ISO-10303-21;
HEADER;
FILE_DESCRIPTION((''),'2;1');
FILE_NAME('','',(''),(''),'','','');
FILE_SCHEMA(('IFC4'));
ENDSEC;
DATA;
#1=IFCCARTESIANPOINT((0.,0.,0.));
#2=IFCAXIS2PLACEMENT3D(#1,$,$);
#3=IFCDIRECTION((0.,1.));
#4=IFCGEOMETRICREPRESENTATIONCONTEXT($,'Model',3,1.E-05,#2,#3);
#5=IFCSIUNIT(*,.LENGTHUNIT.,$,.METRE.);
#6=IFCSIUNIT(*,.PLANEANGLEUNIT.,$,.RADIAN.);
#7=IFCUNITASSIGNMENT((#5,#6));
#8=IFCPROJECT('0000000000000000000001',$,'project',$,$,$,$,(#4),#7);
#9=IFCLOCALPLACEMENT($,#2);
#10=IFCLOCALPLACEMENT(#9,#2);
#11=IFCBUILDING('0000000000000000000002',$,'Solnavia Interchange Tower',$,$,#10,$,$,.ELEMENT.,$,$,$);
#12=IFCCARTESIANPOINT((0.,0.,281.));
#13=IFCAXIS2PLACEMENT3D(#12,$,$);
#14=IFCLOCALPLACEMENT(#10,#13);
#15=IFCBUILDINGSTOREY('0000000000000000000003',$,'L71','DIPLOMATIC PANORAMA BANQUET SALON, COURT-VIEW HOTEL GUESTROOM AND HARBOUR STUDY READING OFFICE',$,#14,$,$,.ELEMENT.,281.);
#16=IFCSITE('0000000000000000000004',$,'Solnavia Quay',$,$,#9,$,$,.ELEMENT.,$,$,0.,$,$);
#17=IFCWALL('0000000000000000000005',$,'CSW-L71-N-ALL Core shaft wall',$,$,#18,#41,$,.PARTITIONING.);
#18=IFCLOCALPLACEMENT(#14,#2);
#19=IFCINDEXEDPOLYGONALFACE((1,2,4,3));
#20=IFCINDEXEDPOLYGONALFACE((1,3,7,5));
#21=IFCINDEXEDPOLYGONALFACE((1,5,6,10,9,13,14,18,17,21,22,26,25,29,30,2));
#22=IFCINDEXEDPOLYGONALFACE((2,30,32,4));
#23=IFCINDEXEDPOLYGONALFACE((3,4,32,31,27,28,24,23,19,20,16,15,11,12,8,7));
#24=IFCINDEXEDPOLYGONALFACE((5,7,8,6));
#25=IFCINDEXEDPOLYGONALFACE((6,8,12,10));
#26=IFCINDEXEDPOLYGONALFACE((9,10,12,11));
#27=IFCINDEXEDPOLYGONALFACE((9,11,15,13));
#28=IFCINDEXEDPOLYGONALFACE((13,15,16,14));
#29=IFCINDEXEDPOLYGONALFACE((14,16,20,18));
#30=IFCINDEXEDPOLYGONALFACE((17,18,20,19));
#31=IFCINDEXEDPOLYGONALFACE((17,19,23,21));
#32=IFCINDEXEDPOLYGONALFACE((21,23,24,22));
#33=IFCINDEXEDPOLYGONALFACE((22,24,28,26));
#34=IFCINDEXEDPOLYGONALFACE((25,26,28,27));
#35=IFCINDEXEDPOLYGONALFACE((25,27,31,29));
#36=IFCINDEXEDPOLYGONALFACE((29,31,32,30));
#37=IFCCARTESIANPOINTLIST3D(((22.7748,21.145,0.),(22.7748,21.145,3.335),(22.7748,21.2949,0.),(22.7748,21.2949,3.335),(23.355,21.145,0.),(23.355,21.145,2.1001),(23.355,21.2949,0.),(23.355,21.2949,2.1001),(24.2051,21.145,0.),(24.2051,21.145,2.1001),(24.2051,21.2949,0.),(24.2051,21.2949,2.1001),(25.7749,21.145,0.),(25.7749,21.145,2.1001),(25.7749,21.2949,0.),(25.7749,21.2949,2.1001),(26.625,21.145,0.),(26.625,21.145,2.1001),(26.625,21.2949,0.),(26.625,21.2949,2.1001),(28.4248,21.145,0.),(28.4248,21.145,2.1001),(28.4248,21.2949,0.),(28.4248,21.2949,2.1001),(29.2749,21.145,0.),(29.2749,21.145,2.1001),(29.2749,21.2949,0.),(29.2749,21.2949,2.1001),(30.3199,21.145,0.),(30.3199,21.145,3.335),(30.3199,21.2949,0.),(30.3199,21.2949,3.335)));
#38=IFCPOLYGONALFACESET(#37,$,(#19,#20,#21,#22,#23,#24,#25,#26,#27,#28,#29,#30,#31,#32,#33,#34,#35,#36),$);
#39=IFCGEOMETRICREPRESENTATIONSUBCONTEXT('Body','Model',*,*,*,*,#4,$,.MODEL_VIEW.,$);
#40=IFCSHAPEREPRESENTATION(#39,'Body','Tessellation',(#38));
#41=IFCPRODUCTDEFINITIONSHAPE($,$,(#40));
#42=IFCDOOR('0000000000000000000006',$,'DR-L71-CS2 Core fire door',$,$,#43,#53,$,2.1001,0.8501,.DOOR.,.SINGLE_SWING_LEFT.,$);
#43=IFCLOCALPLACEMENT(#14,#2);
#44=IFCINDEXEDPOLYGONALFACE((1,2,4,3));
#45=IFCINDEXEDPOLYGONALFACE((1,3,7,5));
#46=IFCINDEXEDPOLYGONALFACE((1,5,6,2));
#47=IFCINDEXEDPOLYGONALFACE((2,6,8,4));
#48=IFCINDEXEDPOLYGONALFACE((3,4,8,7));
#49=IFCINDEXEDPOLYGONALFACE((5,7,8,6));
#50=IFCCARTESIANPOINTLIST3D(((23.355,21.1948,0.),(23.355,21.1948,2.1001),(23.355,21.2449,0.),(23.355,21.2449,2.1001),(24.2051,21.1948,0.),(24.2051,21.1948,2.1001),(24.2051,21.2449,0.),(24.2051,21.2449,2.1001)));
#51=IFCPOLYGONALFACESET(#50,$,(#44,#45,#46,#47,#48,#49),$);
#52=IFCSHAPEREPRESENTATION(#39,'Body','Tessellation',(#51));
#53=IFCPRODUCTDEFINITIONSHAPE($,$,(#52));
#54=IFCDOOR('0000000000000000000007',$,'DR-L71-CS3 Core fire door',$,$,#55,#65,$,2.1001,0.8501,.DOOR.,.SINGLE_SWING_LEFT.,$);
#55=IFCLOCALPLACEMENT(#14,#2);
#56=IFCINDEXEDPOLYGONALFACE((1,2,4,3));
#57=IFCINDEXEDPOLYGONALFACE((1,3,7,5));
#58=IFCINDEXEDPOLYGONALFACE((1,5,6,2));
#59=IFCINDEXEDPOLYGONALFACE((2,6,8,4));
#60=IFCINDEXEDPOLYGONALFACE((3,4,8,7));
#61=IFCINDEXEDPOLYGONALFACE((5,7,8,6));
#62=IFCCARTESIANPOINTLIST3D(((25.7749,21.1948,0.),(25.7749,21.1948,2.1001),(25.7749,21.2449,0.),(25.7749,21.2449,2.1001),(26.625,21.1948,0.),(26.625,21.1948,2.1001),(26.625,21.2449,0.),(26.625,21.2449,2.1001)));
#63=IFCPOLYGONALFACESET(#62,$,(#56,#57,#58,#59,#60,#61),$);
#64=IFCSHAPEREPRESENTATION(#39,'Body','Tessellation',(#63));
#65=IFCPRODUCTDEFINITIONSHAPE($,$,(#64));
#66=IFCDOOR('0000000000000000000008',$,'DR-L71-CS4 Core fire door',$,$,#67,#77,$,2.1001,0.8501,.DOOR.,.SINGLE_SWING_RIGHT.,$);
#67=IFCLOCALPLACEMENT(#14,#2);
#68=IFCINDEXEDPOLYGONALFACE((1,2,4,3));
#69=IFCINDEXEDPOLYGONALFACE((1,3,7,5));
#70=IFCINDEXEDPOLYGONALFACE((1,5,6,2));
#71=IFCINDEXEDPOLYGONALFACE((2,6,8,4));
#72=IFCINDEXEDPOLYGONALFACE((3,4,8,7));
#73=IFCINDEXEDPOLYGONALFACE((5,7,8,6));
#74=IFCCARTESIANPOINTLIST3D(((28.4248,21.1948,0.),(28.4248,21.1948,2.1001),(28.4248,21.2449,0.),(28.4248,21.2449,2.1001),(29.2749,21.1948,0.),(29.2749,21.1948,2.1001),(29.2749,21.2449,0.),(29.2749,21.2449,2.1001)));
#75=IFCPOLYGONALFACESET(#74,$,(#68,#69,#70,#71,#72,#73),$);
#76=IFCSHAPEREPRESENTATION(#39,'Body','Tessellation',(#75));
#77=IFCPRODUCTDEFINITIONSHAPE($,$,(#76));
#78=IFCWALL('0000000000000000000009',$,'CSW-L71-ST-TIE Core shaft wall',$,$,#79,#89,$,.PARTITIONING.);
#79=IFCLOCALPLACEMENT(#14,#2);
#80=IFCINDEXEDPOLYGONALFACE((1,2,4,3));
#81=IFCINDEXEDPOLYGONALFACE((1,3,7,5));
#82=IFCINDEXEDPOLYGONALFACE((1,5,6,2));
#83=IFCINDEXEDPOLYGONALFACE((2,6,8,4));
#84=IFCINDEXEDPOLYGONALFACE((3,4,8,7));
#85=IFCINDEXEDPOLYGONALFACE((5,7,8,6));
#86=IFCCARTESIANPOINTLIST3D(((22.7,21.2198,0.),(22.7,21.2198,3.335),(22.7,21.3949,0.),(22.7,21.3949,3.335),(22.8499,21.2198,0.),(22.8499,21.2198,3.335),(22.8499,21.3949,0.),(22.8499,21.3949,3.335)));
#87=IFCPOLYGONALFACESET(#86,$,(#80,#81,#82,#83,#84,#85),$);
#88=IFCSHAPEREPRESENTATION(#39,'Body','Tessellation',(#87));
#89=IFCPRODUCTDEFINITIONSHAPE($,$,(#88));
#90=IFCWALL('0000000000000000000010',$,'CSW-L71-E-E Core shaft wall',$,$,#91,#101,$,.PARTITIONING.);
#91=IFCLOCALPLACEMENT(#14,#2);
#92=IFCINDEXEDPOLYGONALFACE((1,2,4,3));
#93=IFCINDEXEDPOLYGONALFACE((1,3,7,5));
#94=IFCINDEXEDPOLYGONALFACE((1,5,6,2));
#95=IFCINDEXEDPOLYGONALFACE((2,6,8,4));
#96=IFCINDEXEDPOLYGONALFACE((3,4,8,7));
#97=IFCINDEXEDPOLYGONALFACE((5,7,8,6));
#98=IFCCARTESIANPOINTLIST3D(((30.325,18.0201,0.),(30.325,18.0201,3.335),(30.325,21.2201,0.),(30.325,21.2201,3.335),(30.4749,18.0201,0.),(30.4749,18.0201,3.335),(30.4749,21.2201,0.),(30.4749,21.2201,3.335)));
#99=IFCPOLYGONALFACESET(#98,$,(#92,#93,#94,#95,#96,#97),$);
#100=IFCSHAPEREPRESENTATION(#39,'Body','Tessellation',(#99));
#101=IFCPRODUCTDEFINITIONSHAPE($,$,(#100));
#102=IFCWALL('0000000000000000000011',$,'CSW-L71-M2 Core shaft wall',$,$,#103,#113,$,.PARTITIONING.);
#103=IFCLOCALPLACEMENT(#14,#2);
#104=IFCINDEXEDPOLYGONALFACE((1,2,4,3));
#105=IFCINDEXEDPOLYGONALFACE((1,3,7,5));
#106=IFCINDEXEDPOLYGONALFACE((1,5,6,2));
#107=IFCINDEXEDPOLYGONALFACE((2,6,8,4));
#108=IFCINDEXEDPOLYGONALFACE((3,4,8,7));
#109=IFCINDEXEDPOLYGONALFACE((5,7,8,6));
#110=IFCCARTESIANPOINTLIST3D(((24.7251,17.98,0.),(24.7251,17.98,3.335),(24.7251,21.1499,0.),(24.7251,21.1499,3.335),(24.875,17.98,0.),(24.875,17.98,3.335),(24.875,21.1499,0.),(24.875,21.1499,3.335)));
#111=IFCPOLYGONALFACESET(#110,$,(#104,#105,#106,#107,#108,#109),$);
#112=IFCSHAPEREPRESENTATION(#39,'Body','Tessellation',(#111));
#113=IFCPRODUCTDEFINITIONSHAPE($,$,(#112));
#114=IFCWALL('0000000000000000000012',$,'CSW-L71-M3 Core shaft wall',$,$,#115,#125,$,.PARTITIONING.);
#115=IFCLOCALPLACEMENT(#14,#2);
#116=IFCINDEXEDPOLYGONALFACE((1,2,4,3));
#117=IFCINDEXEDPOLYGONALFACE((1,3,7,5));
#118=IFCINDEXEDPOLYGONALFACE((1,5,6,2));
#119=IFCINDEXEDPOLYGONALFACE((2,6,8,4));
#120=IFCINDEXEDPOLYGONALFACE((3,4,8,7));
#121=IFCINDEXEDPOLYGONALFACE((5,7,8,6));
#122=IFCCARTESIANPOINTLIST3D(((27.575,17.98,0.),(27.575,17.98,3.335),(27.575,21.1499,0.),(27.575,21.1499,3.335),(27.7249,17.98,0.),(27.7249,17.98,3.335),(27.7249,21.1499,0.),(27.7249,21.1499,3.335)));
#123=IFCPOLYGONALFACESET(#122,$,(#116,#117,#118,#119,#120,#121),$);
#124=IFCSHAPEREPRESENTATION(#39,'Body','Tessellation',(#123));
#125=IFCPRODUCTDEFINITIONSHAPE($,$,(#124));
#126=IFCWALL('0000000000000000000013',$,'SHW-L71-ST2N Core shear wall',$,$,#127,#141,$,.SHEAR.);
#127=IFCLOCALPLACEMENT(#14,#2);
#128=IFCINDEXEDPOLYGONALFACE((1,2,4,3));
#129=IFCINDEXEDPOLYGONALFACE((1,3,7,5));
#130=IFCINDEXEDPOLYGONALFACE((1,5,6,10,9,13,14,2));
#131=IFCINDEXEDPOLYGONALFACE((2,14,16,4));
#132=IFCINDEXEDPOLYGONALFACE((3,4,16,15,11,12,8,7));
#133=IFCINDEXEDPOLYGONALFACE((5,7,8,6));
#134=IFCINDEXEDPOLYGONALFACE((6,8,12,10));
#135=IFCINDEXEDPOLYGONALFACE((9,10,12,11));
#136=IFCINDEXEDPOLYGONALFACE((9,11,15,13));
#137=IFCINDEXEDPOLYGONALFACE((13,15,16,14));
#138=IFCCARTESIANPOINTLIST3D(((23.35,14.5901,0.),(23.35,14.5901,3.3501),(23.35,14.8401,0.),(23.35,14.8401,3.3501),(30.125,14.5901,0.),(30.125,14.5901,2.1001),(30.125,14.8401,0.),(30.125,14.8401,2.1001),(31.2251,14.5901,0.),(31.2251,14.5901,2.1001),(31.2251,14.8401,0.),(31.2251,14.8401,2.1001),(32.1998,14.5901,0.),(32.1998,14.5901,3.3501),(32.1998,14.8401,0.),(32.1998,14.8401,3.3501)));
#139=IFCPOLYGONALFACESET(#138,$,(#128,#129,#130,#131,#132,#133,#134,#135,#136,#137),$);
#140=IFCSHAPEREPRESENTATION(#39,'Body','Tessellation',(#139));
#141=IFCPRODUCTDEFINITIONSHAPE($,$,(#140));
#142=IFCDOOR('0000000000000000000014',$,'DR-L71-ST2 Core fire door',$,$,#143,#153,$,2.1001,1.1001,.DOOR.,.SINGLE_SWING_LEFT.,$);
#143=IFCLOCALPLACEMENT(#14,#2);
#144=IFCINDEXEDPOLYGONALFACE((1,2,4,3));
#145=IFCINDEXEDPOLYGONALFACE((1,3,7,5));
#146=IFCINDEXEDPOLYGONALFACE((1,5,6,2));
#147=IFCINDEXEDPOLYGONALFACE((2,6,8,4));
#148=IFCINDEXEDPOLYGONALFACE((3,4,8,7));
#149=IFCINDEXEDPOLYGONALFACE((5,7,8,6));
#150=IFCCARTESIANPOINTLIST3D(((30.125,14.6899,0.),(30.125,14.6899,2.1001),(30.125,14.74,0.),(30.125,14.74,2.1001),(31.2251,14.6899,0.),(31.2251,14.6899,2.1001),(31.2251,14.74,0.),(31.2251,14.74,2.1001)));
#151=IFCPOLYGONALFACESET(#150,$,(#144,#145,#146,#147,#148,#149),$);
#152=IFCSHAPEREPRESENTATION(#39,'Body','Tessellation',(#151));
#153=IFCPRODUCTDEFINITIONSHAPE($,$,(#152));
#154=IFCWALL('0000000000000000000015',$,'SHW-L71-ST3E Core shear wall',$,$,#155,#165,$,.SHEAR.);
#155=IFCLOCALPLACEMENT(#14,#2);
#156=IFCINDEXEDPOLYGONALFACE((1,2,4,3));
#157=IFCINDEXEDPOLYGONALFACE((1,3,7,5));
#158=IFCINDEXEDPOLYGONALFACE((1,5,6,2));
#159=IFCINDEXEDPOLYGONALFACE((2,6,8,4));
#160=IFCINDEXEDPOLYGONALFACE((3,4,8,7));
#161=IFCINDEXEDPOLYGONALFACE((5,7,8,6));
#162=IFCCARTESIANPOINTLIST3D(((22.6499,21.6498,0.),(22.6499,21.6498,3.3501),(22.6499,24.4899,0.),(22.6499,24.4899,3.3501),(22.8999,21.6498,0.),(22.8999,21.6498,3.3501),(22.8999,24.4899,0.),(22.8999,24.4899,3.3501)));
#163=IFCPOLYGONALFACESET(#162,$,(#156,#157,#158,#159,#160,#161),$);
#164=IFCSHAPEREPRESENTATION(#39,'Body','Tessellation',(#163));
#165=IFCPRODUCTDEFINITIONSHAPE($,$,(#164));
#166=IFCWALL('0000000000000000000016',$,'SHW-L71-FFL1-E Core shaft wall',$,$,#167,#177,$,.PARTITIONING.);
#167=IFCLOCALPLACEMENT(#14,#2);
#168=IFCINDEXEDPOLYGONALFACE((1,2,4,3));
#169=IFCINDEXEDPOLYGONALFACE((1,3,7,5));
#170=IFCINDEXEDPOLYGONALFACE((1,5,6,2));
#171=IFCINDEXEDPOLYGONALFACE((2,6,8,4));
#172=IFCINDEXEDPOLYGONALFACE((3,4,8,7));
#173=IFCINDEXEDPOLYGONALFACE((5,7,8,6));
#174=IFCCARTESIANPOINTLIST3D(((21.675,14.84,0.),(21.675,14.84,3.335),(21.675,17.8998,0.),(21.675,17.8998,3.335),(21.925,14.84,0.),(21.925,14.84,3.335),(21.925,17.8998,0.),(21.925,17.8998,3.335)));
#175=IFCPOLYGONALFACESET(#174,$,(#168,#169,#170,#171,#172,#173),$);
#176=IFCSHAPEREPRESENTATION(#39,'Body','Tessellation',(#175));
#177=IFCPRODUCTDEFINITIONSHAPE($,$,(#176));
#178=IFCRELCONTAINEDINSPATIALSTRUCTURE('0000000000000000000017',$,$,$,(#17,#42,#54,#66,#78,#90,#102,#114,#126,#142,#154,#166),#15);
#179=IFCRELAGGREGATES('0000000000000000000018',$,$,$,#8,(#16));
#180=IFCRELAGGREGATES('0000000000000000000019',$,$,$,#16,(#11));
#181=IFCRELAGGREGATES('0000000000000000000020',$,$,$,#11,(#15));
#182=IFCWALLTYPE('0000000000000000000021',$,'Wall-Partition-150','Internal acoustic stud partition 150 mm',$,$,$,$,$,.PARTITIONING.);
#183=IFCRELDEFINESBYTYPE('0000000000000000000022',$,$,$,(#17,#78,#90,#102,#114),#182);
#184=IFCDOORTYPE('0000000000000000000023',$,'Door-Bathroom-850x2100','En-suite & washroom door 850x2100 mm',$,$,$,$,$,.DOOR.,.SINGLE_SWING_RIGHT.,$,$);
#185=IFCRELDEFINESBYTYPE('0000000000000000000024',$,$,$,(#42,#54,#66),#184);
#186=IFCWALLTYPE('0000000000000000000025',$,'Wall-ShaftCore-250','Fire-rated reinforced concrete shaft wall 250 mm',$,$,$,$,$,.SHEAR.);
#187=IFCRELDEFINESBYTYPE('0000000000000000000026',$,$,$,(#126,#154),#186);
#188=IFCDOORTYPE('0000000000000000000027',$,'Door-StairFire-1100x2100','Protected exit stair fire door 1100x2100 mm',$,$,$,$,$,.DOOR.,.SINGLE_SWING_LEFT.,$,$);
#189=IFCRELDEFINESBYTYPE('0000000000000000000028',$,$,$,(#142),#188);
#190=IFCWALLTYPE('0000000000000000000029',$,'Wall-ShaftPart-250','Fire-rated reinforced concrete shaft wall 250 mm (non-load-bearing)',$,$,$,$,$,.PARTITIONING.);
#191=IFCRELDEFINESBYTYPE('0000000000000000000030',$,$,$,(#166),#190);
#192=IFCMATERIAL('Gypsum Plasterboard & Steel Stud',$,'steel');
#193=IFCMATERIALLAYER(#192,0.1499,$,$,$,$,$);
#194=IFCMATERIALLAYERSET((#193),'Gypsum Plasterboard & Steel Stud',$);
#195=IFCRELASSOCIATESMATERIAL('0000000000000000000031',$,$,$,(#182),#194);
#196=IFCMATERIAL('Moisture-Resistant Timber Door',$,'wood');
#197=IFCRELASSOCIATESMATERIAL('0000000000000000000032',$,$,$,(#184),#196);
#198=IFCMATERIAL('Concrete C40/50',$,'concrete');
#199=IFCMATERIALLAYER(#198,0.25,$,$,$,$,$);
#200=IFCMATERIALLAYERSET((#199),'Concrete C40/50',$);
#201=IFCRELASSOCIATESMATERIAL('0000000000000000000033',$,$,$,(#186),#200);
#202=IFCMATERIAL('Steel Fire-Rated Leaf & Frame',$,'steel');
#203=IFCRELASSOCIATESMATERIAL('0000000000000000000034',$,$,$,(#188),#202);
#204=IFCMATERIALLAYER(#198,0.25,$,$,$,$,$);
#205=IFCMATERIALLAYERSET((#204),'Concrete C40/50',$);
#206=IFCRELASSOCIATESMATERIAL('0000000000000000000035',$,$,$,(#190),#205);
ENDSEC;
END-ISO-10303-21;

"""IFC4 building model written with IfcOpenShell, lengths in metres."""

from ifc_helpers import new_model, si_unit, direction, frame, frame_2d, origin, place, context, subcontext, project, spatial, rectangle, extrude, material, layer, layer_set, type_object, element, fill, save


model = new_model("IFC4")

# Units and contexts
model_context = context("Model", 3, precision=1e-05, world=origin(), true_north=direction((0.0, 1.0)))
body_context = subcontext(model_context, "Body", "Model", "MODEL_VIEW")
ifc_project = project(units=[si_unit("LENGTHUNIT", "METRE"), si_unit("PLANEANGLEUNIT", "RADIAN")], contexts=[model_context])

# Site, building, storey
site_placement = place(None, origin())
site = spatial("IfcSite", under=ifc_project, at=site_placement, Name="Solnavia Quay", CompositionType="ELEMENT", RefElevation=0.0)
building_placement = place(site_placement, origin())
building = spatial("IfcBuilding", under=site, at=building_placement, Name="Solnavia Interchange Tower", CompositionType="ELEMENT")
storey_placement = place(building_placement, frame((0.0, 0.0, 281.0)))
storey = spatial("IfcBuildingStorey", under=building, at=storey_placement, Name="L71", Description="DIPLOMATIC PANORAMA BANQUET SALON, COURT-VIEW HOTEL GUESTROOM AND HARBOUR STUDY READING OFFICE", CompositionType="ELEMENT", Elevation=281.0)

# Wall, openings, doors
ifc_material_1 = material(Name="Gypsum Plasterboard & Steel Stud", Category="steel")
ifc_layer_1 = layer(ifc_material_1, 0.1499)
ifc_layer_set_1 = layer_set([ifc_layer_1], Name="Gypsum Plasterboard & Steel Stud")
wall_type_1 = type_object("IfcWallType", Name="Wall-Partition-150", Description="Internal acoustic stud partition 150 mm", PredefinedType="PARTITIONING", material=ifc_layer_set_1)
wall_1_placement = place(storey_placement, frame((22.7749, 21.22, 0.0), z_axis=(0.0, 0.0, 1.0), x_axis=(1.0, 0.0, 0.0)))
wall_1 = element("IfcWall", 1, at=wall_1_placement, inside=storey, type_object=wall_type_1, Name="CSW-L71-N-ALL Core shaft wall", PredefinedType="PARTITIONING", context=body_context, shape_type="SweptSolid", body=[
    extrude(rectangle(XDim=7.5452, YDim=0.1499, at=frame_2d((3.7725, 0.0))), origin(), (0.0, 0.0, 1.0), 3.335),
])
opening_1_placement = place(wall_1_placement, frame((0.5801, 0.0, 0.0)))
opening_1 = element("IfcOpeningElement", 2, at=opening_1_placement, cuts=wall_1, PredefinedType="OPENING", context=body_context, shape_type="SweptSolid", body=[
    extrude(rectangle(XDim=0.8501, YDim=2.1001, at=frame_2d((0.425, 1.05))), frame((0.0, 0.085, 0.0), z_axis=(0.0, -1.0, 0.0), x_axis=(1.0, 0.0, 0.0)), (0.0, 0.0, 1.0), 0.1699),
])
opening_2_placement = place(wall_1_placement, frame((3.0, 0.0, 0.0)))
opening_2 = element("IfcOpeningElement", 3, at=opening_2_placement, cuts=wall_1, PredefinedType="OPENING", context=body_context, shape_type="SweptSolid", body=[
    extrude(rectangle(XDim=0.8501, YDim=2.1001, at=frame_2d((0.425, 1.05))), frame((0.0, 0.085, 0.0), z_axis=(0.0, -1.0, 0.0), x_axis=(1.0, 0.0, 0.0)), (0.0, 0.0, 1.0), 0.1699),
])
opening_3_placement = place(wall_1_placement, frame((5.6499, 0.0, 0.0)))
opening_3 = element("IfcOpeningElement", 4, at=opening_3_placement, cuts=wall_1, PredefinedType="OPENING", context=body_context, shape_type="SweptSolid", body=[
    extrude(rectangle(XDim=0.8501, YDim=2.1001, at=frame_2d((0.425, 1.05))), frame((0.0, 0.085, 0.0), z_axis=(0.0, -1.0, 0.0), x_axis=(1.0, 0.0, 0.0)), (0.0, 0.0, 1.0), 0.1699),
])
ifc_material_2 = material(Name="Moisture-Resistant Timber Door", Category="wood")
door_type_1 = type_object("IfcDoorType", Name="Door-Bathroom-850x2100", Description="En-suite & washroom door 850x2100 mm", OperationType="SINGLE_SWING_RIGHT", PredefinedType="DOOR", material=ifc_material_2)
door_1_placement = place(opening_1_placement, origin())
door_1 = element("IfcDoor", 5, at=door_1_placement, inside=storey, type_object=door_type_1, Name="DR-L71-CS2 Core fire door", OperationType="SINGLE_SWING_LEFT", OverallHeight=2.1001, OverallWidth=0.8501, PredefinedType="DOOR", context=body_context, shape_type="SweptSolid", body=[
    extrude(rectangle(XDim=0.8501, YDim=2.1001, at=frame_2d((0.425, 1.05))), frame((0.0, 0.0249, 0.0), z_axis=(0.0, -1.0, 0.0), x_axis=(1.0, 0.0, 0.0)), (0.0, 0.0, 1.0), 0.05),
])
fill(opening_1, door_1)
door_2_placement = place(opening_2_placement, origin())
door_2 = element("IfcDoor", 6, at=door_2_placement, inside=storey, type_object=door_type_1, Name="DR-L71-CS3 Core fire door", OperationType="SINGLE_SWING_LEFT", OverallHeight=2.1001, OverallWidth=0.8501, PredefinedType="DOOR", context=body_context, shape_type="SweptSolid", body=[
    extrude(rectangle(XDim=0.8501, YDim=2.1001, at=frame_2d((0.425, 1.05))), frame((0.0, 0.0249, 0.0), z_axis=(0.0, -1.0, 0.0), x_axis=(1.0, 0.0, 0.0)), (0.0, 0.0, 1.0), 0.05),
])
fill(opening_2, door_2)
door_3_placement = place(opening_3_placement, origin())
door_3 = element("IfcDoor", 7, at=door_3_placement, inside=storey, type_object=door_type_1, Name="DR-L71-CS4 Core fire door", OperationType="SINGLE_SWING_RIGHT", OverallHeight=2.1001, OverallWidth=0.8501, PredefinedType="DOOR", context=body_context, shape_type="SweptSolid", body=[
    extrude(rectangle(XDim=0.8501, YDim=2.1001, at=frame_2d((0.425, 1.05))), frame((0.0, 0.0249, 0.0), z_axis=(0.0, -1.0, 0.0), x_axis=(1.0, 0.0, 0.0)), (0.0, 0.0, 1.0), 0.05),
])
fill(opening_3, door_3)

# Walls
wall_2_placement = place(storey_placement, frame((22.7749, 21.22, 0.0), z_axis=(0.0, 0.0, 1.0), x_axis=(0.0, 1.0, 0.0)))
element("IfcWall", 8, at=wall_2_placement, inside=storey, type_object=wall_type_1, Name="CSW-L71-ST-TIE Core shaft wall", PredefinedType="PARTITIONING", context=body_context, shape_type="SweptSolid", body=[
    extrude(rectangle(XDim=0.175, YDim=0.1499, at=frame_2d((0.0874, 0.0))), origin(), (0.0, 0.0, 1.0), 3.335),
])
wall_3_placement = place(storey_placement, frame((30.3999, 18.02, 0.0), z_axis=(0.0, 0.0, 1.0), x_axis=(0.0, 1.0, 0.0)))
element("IfcWall", 9, at=wall_3_placement, inside=storey, type_object=wall_type_1, Name="CSW-L71-E-E Core shaft wall", PredefinedType="PARTITIONING", context=body_context, shape_type="SweptSolid", body=[
    extrude(rectangle(XDim=3.2, YDim=0.1499, at=frame_2d((1.6001, 0.0))), origin(), (0.0, 0.0, 1.0), 3.335),
])
for number, where, z_axis, x_axis, name in (
    (10, (24.8, 17.98, 0.0), (0.0, 0.0, 1.0), (0.0, 1.0, 0.0), "CSW-L71-M2 Core shaft wall"),
    (11, (27.6499, 17.98, 0.0), (0.0, 0.0, 1.0), (0.0, 1.0, 0.0), "CSW-L71-M3 Core shaft wall"),
):
    element("IfcWall", number, at=place(storey_placement, frame(where, z_axis=z_axis, x_axis=x_axis)), inside=storey, type_object=wall_type_1, Name=name, PredefinedType="PARTITIONING", context=body_context, shape_type="SweptSolid", body=[
        extrude(rectangle(XDim=3.1699, YDim=0.1499, at=frame_2d((1.585, 0.0))), origin(), (0.0, 0.0, 1.0), 3.335),
    ])

# Wall, opening, door
ifc_material_3 = material(Name="Concrete C40/50", Category="concrete")
ifc_layer_2 = layer(ifc_material_3, 0.25)
ifc_layer_set_2 = layer_set([ifc_layer_2], Name="Concrete C40/50")
wall_type_2 = type_object("IfcWallType", Name="Wall-ShaftCore-250", Description="Fire-rated reinforced concrete shaft wall 250 mm", PredefinedType="SHEAR", material=ifc_layer_set_2)
wall_4_placement = place(storey_placement, frame((23.3501, 14.7151, 0.0), z_axis=(0.0, 0.0, 1.0), x_axis=(1.0, 0.0, 0.0)))
wall_4 = element("IfcWall", 12, at=wall_4_placement, inside=storey, type_object=wall_type_2, Name="SHW-L71-ST2N Core shear wall", PredefinedType="SHEAR", context=body_context, shape_type="SweptSolid", body=[
    extrude(rectangle(XDim=8.8499, YDim=0.25, at=frame_2d((4.4248, 0.0))), origin(), (0.0, 0.0, 1.0), 3.3501),
])
opening_4_placement = place(wall_4_placement, frame((6.7749, 0.0, 0.0)))
opening_4 = element("IfcOpeningElement", 13, at=opening_4_placement, cuts=wall_4, PredefinedType="OPENING", context=body_context, shape_type="SweptSolid", body=[
    extrude(rectangle(XDim=1.1001, YDim=2.1001, at=frame_2d((0.55, 1.05))), frame((0.0, 0.135, 0.0), z_axis=(0.0, -1.0, 0.0), x_axis=(1.0, 0.0, 0.0)), (0.0, 0.0, 1.0), 0.27),
])
ifc_material_4 = material(Name="Steel Fire-Rated Leaf & Frame", Category="steel")
door_type_2 = type_object("IfcDoorType", Name="Door-StairFire-1100x2100", Description="Protected exit stair fire door 1100x2100 mm", OperationType="SINGLE_SWING_LEFT", PredefinedType="DOOR", material=ifc_material_4)
door_4_placement = place(opening_4_placement, origin())
door_4 = element("IfcDoor", 14, at=door_4_placement, inside=storey, type_object=door_type_2, Name="DR-L71-ST2 Core fire door", OperationType="SINGLE_SWING_LEFT", OverallHeight=2.1001, OverallWidth=1.1001, PredefinedType="DOOR", context=body_context, shape_type="SweptSolid", body=[
    extrude(rectangle(XDim=1.1001, YDim=2.1001, at=frame_2d((0.55, 1.05))), frame((0.0, 0.0249, 0.0), z_axis=(0.0, -1.0, 0.0), x_axis=(1.0, 0.0, 0.0)), (0.0, 0.0, 1.0), 0.05),
])
fill(opening_4, door_4)

# Walls
wall_5_placement = place(storey_placement, frame((22.7749, 21.6499, 0.0), z_axis=(0.0, 0.0, 1.0), x_axis=(0.0, 1.0, 0.0)))
element("IfcWall", 15, at=wall_5_placement, inside=storey, type_object=wall_type_2, Name="SHW-L71-ST3E Core shear wall", PredefinedType="SHEAR", context=body_context, shape_type="SweptSolid", body=[
    extrude(rectangle(XDim=2.8401, YDim=0.25, at=frame_2d((1.4199, 0.0))), origin(), (0.0, 0.0, 1.0), 3.3501),
])
ifc_layer_3 = layer(ifc_material_3, 0.25)
ifc_layer_set_3 = layer_set([ifc_layer_3], Name="Concrete C40/50")
wall_type_3 = type_object("IfcWallType", Name="Wall-ShaftPart-250", Description="Fire-rated reinforced concrete shaft wall 250 mm (non-load-bearing)", PredefinedType="PARTITIONING", material=ifc_layer_set_3)
wall_6_placement = place(storey_placement, frame((21.8, 14.8401, 0.0), z_axis=(0.0, 0.0, 1.0), x_axis=(0.0, 1.0, 0.0)))
element("IfcWall", 16, at=wall_6_placement, inside=storey, type_object=wall_type_3, Name="SHW-L71-FFL1-E Core shaft wall", PredefinedType="PARTITIONING", context=body_context, shape_type="SweptSolid", body=[
    extrude(rectangle(XDim=3.0598, YDim=0.25, at=frame_2d((1.5298, 0.0))), origin(), (0.0, 0.0, 1.0), 3.335),
])

save(model, "model.ifc")
